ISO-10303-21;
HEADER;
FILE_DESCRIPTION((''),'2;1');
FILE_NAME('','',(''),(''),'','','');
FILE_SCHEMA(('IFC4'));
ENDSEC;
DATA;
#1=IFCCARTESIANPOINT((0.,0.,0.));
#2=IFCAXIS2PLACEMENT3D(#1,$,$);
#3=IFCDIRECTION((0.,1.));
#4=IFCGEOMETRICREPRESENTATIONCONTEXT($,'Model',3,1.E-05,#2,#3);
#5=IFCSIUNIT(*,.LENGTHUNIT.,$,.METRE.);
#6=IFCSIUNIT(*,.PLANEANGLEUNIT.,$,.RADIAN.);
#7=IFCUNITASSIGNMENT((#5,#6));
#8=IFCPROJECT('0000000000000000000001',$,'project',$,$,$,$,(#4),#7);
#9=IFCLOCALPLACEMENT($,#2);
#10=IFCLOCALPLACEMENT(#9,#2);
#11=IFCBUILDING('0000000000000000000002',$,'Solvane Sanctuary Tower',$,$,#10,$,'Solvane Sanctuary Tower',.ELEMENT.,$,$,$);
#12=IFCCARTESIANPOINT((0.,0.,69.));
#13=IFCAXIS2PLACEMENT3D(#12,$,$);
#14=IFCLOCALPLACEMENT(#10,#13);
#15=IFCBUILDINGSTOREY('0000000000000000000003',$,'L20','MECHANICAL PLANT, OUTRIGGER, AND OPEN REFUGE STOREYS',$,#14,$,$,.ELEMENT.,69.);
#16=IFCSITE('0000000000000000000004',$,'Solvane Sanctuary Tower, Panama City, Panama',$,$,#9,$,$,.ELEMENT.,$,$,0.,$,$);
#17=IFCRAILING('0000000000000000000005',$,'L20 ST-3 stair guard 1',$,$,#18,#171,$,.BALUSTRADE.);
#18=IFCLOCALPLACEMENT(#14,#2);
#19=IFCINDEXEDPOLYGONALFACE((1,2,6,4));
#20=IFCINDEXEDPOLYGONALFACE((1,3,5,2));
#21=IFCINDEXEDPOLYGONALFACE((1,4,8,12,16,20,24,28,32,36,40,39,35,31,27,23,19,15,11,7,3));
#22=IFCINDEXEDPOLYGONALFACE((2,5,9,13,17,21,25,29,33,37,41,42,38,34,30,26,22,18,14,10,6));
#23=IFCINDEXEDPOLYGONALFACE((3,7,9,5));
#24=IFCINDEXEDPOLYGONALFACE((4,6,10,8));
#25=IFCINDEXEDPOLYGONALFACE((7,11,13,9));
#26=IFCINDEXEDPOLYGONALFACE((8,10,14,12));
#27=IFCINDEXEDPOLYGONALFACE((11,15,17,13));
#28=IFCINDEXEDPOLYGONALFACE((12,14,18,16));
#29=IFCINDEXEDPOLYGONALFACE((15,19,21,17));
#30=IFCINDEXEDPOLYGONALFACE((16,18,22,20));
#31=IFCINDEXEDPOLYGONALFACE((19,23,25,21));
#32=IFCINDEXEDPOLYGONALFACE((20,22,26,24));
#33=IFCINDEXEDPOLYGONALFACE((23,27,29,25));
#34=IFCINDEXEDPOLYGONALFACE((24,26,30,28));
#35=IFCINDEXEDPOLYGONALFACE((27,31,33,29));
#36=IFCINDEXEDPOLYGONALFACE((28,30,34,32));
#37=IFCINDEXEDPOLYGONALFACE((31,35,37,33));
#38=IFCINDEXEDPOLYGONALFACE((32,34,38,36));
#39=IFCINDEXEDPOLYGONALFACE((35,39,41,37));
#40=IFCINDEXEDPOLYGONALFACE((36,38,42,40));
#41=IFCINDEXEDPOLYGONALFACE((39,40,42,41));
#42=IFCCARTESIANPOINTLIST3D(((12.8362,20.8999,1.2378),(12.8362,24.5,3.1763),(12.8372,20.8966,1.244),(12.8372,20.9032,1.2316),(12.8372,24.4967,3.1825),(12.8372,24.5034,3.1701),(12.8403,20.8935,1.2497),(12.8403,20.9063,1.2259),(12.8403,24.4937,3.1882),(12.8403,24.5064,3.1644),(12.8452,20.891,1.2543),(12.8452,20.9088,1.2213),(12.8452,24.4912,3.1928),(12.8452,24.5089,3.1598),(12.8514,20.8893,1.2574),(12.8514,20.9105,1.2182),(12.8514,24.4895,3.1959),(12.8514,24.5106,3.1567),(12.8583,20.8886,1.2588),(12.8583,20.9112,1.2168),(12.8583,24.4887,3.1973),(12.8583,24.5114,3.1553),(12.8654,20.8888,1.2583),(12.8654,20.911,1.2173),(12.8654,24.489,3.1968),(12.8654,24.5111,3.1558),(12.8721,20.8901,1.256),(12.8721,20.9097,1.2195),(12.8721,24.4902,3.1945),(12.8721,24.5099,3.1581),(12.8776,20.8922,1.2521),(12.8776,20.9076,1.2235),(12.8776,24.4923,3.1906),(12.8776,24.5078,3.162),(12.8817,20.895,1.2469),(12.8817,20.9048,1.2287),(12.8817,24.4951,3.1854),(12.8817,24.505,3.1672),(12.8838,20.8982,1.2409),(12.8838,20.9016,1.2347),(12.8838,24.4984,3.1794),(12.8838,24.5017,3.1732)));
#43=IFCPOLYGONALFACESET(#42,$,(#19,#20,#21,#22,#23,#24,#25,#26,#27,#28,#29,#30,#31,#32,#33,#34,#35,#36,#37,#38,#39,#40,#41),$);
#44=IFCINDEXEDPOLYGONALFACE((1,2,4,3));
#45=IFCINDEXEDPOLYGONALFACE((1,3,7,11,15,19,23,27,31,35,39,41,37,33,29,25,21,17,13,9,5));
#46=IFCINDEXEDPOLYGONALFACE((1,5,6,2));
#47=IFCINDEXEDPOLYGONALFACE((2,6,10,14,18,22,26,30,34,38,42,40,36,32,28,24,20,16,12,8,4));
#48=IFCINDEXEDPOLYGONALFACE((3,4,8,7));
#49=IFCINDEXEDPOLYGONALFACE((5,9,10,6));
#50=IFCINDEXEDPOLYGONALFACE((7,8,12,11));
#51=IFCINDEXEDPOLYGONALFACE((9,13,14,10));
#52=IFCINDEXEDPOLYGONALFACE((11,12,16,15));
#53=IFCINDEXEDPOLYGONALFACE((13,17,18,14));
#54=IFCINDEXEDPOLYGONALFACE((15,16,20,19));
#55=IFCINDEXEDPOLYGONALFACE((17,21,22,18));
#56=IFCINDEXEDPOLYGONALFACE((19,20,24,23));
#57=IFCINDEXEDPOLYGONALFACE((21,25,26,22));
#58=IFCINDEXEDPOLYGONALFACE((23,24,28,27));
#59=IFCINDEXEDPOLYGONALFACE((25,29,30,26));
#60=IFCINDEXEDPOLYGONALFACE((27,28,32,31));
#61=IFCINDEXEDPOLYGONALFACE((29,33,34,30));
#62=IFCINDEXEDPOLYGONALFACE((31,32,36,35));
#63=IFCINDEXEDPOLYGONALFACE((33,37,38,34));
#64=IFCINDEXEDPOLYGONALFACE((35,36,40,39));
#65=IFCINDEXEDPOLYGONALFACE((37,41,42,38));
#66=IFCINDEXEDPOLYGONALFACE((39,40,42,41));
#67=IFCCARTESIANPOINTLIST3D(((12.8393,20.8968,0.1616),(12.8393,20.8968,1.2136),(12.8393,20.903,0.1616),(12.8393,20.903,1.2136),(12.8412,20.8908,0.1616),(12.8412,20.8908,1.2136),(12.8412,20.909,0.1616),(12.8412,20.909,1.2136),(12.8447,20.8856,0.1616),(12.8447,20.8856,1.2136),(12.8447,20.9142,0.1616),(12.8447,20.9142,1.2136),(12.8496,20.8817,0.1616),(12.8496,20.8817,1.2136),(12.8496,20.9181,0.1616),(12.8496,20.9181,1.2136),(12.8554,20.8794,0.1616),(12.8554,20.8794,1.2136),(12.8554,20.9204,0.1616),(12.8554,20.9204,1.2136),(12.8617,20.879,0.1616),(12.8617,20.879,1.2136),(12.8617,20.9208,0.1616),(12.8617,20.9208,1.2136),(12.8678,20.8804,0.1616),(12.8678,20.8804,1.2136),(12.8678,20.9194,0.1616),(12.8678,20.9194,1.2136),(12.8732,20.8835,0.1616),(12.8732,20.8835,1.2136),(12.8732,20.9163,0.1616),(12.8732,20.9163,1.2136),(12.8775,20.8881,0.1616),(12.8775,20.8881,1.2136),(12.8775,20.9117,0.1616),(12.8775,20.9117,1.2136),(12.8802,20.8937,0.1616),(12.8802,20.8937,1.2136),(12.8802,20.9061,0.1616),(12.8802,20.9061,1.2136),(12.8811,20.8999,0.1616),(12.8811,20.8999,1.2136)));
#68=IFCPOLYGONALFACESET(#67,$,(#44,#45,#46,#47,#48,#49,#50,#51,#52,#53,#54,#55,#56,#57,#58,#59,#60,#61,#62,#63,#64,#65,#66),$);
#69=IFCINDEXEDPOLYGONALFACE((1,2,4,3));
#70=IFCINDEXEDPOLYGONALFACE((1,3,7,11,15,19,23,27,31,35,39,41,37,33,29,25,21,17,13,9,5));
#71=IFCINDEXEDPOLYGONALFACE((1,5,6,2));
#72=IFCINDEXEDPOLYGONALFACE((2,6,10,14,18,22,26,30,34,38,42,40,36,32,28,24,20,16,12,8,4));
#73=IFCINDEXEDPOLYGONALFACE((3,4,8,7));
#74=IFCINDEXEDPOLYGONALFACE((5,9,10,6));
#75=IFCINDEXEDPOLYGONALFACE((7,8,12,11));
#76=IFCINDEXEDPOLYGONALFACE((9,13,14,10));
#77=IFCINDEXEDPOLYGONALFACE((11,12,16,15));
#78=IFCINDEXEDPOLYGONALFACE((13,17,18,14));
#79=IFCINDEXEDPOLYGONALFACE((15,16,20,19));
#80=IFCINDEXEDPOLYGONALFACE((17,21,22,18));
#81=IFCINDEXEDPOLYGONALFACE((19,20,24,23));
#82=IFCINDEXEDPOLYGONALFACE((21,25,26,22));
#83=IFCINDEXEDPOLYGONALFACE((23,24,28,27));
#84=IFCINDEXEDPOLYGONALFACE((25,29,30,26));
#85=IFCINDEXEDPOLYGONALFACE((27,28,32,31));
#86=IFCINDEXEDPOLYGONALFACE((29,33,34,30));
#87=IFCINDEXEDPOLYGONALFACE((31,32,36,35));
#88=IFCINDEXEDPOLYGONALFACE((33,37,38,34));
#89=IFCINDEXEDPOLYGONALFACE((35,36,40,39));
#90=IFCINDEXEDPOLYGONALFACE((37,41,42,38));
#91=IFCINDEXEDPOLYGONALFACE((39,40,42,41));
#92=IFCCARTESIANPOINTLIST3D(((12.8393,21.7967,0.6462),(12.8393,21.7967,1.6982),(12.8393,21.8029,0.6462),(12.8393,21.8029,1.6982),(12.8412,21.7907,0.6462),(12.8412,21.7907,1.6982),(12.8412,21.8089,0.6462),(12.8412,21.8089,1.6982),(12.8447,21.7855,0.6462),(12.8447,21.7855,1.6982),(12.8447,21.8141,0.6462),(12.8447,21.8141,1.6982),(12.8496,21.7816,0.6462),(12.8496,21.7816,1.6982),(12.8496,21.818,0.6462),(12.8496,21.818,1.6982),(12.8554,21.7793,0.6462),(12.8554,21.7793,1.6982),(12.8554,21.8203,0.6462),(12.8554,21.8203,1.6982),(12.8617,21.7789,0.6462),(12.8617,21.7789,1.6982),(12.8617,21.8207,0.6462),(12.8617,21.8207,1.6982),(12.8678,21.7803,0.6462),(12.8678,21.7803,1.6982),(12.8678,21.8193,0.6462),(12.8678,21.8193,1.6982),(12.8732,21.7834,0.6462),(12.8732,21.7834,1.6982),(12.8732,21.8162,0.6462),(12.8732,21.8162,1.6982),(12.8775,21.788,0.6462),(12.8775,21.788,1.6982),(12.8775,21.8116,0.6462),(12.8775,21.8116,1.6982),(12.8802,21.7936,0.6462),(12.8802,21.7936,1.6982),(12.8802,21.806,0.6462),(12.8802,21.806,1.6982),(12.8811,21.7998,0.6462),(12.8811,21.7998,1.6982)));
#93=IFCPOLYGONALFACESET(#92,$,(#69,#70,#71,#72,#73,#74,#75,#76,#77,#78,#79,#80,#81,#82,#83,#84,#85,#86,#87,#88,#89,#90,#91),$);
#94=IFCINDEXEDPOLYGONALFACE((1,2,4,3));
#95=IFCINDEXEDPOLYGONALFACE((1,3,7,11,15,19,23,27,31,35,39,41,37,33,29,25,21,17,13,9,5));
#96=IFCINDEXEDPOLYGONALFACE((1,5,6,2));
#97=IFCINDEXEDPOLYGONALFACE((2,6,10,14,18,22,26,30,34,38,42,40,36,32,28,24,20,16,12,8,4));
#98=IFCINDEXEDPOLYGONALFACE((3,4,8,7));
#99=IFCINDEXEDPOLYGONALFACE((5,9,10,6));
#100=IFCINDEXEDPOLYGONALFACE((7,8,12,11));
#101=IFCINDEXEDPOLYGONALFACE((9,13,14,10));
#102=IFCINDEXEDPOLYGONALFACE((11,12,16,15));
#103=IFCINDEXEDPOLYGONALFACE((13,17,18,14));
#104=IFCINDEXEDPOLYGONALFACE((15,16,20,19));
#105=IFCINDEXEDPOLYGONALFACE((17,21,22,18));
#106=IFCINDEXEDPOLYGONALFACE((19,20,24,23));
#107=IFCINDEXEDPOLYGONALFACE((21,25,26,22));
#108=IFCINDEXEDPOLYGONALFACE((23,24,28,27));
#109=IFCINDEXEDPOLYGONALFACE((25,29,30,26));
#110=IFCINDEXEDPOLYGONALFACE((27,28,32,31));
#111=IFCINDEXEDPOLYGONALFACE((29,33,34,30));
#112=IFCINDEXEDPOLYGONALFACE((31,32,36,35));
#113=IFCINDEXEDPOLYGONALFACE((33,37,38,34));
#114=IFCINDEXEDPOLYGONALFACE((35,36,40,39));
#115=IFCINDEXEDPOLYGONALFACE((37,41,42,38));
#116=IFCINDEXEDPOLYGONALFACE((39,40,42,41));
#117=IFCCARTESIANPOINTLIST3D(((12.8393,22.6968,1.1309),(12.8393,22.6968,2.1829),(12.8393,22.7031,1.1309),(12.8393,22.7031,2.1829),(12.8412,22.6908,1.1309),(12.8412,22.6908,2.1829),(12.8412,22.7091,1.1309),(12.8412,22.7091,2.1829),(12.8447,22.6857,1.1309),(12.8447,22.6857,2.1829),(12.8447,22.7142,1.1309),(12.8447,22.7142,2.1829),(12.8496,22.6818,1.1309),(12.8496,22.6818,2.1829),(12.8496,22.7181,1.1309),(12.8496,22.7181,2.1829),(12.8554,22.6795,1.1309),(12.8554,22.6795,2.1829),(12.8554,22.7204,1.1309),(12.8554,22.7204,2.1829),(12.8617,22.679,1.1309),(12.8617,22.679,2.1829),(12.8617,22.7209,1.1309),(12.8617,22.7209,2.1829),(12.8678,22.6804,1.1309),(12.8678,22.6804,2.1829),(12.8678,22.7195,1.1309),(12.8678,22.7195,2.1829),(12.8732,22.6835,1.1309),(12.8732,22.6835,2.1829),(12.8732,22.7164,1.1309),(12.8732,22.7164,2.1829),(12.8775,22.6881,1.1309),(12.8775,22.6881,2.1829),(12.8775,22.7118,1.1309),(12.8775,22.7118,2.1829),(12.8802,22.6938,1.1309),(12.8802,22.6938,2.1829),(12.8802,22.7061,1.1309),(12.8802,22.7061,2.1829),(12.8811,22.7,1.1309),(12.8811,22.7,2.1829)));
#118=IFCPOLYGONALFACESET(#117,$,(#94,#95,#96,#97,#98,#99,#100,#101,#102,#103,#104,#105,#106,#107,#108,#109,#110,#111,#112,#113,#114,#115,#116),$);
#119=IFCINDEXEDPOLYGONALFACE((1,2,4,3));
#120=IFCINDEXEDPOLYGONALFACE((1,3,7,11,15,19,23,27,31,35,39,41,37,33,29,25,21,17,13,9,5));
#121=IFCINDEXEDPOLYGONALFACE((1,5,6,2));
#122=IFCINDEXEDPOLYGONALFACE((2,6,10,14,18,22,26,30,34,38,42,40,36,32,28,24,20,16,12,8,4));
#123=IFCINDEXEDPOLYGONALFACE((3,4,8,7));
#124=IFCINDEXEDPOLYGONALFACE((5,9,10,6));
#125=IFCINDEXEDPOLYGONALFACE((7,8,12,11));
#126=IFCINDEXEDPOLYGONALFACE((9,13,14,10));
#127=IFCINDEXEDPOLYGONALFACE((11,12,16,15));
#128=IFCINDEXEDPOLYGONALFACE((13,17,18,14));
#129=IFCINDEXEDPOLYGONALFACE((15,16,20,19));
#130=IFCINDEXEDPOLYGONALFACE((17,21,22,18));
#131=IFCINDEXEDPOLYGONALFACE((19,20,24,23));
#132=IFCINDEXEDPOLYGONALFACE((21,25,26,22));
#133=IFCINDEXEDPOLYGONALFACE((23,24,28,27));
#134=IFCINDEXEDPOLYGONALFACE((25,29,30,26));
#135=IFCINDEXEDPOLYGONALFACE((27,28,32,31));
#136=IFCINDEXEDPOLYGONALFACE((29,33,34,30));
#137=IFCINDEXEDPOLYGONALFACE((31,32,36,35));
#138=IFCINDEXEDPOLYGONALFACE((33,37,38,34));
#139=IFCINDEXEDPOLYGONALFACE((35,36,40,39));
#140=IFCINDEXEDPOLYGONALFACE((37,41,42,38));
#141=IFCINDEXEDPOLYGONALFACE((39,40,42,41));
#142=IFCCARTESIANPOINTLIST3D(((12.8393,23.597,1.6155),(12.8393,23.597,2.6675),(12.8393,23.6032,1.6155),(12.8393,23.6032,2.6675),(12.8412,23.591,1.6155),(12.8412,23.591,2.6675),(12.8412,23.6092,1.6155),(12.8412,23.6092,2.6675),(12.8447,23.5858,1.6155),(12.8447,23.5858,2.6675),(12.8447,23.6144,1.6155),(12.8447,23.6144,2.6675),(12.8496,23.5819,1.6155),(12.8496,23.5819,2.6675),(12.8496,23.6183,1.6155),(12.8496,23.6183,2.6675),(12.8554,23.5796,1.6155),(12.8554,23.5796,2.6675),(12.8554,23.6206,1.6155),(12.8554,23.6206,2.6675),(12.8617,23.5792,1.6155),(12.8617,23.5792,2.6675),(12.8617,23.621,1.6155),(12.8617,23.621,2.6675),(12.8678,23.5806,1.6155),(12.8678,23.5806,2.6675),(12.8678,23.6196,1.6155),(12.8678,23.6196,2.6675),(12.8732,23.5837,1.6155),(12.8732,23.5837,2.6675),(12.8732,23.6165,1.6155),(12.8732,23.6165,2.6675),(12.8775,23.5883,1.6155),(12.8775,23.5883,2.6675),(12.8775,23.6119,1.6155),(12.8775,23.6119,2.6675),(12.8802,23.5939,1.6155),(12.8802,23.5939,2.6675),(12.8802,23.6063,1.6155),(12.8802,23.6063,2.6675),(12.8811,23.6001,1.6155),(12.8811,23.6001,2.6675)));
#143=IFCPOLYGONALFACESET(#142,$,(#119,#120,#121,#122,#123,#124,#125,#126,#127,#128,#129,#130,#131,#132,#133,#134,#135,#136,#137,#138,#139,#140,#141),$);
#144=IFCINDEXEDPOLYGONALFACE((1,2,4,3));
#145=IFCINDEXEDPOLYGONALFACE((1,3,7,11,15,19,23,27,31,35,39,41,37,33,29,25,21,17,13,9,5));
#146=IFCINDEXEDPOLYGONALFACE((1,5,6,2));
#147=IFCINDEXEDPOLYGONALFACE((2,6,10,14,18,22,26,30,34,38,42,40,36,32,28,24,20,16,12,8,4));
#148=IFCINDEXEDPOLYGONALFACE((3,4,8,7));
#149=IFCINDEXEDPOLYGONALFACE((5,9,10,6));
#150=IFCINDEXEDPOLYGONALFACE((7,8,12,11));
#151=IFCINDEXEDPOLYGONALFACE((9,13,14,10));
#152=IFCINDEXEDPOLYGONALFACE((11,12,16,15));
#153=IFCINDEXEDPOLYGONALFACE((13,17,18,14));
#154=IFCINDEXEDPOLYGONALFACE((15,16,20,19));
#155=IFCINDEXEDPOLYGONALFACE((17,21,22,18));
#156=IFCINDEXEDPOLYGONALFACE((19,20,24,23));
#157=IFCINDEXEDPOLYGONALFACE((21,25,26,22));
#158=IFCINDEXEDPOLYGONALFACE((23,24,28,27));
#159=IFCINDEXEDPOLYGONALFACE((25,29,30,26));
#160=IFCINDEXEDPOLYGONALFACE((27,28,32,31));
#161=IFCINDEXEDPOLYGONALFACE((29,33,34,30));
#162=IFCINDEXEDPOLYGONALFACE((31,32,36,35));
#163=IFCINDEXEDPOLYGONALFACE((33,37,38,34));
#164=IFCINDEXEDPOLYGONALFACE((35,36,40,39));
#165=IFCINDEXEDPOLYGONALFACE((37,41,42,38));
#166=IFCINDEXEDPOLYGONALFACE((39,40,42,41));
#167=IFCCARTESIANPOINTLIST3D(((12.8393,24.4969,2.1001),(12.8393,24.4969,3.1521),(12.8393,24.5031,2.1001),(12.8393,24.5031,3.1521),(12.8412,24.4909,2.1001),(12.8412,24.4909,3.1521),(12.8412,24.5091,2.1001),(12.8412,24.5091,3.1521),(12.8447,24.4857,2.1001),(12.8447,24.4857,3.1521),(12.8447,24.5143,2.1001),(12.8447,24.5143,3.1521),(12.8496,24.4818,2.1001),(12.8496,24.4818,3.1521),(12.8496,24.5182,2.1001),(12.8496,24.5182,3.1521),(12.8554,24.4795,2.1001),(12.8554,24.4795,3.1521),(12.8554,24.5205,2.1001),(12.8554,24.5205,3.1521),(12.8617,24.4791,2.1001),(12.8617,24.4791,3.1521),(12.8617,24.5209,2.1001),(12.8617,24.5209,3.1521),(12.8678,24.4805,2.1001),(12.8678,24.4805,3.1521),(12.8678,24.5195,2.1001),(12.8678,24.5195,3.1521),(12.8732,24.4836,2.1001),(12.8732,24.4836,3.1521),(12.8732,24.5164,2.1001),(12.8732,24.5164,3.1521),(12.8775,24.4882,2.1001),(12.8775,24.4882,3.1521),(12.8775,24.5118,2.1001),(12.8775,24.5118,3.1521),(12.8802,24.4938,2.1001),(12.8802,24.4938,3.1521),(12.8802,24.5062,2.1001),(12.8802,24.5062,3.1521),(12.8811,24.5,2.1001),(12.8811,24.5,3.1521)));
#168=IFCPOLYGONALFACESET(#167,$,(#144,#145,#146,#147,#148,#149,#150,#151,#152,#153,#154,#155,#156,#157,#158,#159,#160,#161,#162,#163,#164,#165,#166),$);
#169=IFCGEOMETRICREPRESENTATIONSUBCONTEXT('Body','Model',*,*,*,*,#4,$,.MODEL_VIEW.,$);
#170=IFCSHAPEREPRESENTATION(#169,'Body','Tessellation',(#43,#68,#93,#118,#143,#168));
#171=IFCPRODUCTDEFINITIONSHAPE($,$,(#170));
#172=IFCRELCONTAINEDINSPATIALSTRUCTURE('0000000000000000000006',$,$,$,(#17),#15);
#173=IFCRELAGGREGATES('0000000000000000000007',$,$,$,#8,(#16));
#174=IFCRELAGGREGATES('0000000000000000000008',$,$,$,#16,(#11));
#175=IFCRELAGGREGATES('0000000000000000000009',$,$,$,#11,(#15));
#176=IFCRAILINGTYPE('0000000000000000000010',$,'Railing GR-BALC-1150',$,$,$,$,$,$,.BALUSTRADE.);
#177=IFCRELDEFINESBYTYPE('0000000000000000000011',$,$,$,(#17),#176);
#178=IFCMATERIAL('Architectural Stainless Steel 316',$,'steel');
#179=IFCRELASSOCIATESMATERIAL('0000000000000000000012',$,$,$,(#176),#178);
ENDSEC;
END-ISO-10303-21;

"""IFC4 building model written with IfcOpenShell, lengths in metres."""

from ifc_helpers import new_model, si_unit, direction, frame, origin, origin_2d, place, context, subcontext, project, spatial, circle, extrude, material, type_object, element, save


model = new_model("IFC4")

# Units and contexts
model_context = context("Model", 3, precision=1e-05, world=origin(), true_north=direction((0.0, 1.0)))
body_context = subcontext(model_context, "Body", "Model", "MODEL_VIEW")
ifc_project = project(units=[si_unit("LENGTHUNIT", "METRE"), si_unit("PLANEANGLEUNIT", "RADIAN")], contexts=[model_context])

# Site, building, storey
site_placement = place(None, origin())
site = spatial("IfcSite", under=ifc_project, at=site_placement, Name="Solvane Sanctuary Tower, Panama City, Panama", CompositionType="ELEMENT", RefElevation=0.0)
building_placement = place(site_placement, origin())
building = spatial("IfcBuilding", under=site, at=building_placement, Name="Solvane Sanctuary Tower", LongName="Solvane Sanctuary Tower", CompositionType="ELEMENT")
storey_placement = place(building_placement, frame((0.0, 0.0, 69.0)))
storey = spatial("IfcBuildingStorey", under=building, at=storey_placement, Name="L20", Description="MECHANICAL PLANT, OUTRIGGER, AND OPEN REFUGE STOREYS", CompositionType="ELEMENT", Elevation=69.0)

# Shared definitions
ifc_material_1 = material(Name="Architectural Stainless Steel 316", Category="steel")

# Railing
railing_type_1 = type_object("IfcRailingType", Name="Railing GR-BALC-1150", PredefinedType="BALUSTRADE", material=ifc_material_1)
railing_1_placement = place(storey_placement, frame((12.8601, 20.8999, 0.1616)))
element("IfcRailing", 1, at=railing_1_placement, inside=storey, type_object=railing_type_1, Name="L20 ST-3 stair guard 1", PredefinedType="BALUSTRADE", context=body_context, shape_type="SweptSolid", body=[
    extrude(circle(Radius=0.0239, at=origin_2d()), frame((0.0, 0.0, 1.0762), z_axis=(0.0, 0.880475, 0.474093), x_axis=(-1.0, 0.0, 0.0)), (0.0, 0.0, 1.0), 4.0889),
    extrude(circle(Radius=0.021, at=origin_2d()), origin(), (0.0, 0.0, 1.0), 1.052),
    extrude(circle(Radius=0.021, at=origin_2d()), frame((0.0, 0.8999, 0.4846)), (0.0, 0.0, 1.0), 1.052),
    extrude(circle(Radius=0.021, at=origin_2d()), frame((0.0, 1.8, 0.9692)), (0.0, 0.0, 1.0), 1.052),
    extrude(circle(Radius=0.021, at=origin_2d()), frame((0.0, 2.7002, 1.4539)), (0.0, 0.0, 1.0), 1.052),
    extrude(circle(Radius=0.021, at=origin_2d()), frame((0.0, 3.6001, 1.9385)), (0.0, 0.0, 1.0), 1.052),
])

save(model, "model.ifc")
